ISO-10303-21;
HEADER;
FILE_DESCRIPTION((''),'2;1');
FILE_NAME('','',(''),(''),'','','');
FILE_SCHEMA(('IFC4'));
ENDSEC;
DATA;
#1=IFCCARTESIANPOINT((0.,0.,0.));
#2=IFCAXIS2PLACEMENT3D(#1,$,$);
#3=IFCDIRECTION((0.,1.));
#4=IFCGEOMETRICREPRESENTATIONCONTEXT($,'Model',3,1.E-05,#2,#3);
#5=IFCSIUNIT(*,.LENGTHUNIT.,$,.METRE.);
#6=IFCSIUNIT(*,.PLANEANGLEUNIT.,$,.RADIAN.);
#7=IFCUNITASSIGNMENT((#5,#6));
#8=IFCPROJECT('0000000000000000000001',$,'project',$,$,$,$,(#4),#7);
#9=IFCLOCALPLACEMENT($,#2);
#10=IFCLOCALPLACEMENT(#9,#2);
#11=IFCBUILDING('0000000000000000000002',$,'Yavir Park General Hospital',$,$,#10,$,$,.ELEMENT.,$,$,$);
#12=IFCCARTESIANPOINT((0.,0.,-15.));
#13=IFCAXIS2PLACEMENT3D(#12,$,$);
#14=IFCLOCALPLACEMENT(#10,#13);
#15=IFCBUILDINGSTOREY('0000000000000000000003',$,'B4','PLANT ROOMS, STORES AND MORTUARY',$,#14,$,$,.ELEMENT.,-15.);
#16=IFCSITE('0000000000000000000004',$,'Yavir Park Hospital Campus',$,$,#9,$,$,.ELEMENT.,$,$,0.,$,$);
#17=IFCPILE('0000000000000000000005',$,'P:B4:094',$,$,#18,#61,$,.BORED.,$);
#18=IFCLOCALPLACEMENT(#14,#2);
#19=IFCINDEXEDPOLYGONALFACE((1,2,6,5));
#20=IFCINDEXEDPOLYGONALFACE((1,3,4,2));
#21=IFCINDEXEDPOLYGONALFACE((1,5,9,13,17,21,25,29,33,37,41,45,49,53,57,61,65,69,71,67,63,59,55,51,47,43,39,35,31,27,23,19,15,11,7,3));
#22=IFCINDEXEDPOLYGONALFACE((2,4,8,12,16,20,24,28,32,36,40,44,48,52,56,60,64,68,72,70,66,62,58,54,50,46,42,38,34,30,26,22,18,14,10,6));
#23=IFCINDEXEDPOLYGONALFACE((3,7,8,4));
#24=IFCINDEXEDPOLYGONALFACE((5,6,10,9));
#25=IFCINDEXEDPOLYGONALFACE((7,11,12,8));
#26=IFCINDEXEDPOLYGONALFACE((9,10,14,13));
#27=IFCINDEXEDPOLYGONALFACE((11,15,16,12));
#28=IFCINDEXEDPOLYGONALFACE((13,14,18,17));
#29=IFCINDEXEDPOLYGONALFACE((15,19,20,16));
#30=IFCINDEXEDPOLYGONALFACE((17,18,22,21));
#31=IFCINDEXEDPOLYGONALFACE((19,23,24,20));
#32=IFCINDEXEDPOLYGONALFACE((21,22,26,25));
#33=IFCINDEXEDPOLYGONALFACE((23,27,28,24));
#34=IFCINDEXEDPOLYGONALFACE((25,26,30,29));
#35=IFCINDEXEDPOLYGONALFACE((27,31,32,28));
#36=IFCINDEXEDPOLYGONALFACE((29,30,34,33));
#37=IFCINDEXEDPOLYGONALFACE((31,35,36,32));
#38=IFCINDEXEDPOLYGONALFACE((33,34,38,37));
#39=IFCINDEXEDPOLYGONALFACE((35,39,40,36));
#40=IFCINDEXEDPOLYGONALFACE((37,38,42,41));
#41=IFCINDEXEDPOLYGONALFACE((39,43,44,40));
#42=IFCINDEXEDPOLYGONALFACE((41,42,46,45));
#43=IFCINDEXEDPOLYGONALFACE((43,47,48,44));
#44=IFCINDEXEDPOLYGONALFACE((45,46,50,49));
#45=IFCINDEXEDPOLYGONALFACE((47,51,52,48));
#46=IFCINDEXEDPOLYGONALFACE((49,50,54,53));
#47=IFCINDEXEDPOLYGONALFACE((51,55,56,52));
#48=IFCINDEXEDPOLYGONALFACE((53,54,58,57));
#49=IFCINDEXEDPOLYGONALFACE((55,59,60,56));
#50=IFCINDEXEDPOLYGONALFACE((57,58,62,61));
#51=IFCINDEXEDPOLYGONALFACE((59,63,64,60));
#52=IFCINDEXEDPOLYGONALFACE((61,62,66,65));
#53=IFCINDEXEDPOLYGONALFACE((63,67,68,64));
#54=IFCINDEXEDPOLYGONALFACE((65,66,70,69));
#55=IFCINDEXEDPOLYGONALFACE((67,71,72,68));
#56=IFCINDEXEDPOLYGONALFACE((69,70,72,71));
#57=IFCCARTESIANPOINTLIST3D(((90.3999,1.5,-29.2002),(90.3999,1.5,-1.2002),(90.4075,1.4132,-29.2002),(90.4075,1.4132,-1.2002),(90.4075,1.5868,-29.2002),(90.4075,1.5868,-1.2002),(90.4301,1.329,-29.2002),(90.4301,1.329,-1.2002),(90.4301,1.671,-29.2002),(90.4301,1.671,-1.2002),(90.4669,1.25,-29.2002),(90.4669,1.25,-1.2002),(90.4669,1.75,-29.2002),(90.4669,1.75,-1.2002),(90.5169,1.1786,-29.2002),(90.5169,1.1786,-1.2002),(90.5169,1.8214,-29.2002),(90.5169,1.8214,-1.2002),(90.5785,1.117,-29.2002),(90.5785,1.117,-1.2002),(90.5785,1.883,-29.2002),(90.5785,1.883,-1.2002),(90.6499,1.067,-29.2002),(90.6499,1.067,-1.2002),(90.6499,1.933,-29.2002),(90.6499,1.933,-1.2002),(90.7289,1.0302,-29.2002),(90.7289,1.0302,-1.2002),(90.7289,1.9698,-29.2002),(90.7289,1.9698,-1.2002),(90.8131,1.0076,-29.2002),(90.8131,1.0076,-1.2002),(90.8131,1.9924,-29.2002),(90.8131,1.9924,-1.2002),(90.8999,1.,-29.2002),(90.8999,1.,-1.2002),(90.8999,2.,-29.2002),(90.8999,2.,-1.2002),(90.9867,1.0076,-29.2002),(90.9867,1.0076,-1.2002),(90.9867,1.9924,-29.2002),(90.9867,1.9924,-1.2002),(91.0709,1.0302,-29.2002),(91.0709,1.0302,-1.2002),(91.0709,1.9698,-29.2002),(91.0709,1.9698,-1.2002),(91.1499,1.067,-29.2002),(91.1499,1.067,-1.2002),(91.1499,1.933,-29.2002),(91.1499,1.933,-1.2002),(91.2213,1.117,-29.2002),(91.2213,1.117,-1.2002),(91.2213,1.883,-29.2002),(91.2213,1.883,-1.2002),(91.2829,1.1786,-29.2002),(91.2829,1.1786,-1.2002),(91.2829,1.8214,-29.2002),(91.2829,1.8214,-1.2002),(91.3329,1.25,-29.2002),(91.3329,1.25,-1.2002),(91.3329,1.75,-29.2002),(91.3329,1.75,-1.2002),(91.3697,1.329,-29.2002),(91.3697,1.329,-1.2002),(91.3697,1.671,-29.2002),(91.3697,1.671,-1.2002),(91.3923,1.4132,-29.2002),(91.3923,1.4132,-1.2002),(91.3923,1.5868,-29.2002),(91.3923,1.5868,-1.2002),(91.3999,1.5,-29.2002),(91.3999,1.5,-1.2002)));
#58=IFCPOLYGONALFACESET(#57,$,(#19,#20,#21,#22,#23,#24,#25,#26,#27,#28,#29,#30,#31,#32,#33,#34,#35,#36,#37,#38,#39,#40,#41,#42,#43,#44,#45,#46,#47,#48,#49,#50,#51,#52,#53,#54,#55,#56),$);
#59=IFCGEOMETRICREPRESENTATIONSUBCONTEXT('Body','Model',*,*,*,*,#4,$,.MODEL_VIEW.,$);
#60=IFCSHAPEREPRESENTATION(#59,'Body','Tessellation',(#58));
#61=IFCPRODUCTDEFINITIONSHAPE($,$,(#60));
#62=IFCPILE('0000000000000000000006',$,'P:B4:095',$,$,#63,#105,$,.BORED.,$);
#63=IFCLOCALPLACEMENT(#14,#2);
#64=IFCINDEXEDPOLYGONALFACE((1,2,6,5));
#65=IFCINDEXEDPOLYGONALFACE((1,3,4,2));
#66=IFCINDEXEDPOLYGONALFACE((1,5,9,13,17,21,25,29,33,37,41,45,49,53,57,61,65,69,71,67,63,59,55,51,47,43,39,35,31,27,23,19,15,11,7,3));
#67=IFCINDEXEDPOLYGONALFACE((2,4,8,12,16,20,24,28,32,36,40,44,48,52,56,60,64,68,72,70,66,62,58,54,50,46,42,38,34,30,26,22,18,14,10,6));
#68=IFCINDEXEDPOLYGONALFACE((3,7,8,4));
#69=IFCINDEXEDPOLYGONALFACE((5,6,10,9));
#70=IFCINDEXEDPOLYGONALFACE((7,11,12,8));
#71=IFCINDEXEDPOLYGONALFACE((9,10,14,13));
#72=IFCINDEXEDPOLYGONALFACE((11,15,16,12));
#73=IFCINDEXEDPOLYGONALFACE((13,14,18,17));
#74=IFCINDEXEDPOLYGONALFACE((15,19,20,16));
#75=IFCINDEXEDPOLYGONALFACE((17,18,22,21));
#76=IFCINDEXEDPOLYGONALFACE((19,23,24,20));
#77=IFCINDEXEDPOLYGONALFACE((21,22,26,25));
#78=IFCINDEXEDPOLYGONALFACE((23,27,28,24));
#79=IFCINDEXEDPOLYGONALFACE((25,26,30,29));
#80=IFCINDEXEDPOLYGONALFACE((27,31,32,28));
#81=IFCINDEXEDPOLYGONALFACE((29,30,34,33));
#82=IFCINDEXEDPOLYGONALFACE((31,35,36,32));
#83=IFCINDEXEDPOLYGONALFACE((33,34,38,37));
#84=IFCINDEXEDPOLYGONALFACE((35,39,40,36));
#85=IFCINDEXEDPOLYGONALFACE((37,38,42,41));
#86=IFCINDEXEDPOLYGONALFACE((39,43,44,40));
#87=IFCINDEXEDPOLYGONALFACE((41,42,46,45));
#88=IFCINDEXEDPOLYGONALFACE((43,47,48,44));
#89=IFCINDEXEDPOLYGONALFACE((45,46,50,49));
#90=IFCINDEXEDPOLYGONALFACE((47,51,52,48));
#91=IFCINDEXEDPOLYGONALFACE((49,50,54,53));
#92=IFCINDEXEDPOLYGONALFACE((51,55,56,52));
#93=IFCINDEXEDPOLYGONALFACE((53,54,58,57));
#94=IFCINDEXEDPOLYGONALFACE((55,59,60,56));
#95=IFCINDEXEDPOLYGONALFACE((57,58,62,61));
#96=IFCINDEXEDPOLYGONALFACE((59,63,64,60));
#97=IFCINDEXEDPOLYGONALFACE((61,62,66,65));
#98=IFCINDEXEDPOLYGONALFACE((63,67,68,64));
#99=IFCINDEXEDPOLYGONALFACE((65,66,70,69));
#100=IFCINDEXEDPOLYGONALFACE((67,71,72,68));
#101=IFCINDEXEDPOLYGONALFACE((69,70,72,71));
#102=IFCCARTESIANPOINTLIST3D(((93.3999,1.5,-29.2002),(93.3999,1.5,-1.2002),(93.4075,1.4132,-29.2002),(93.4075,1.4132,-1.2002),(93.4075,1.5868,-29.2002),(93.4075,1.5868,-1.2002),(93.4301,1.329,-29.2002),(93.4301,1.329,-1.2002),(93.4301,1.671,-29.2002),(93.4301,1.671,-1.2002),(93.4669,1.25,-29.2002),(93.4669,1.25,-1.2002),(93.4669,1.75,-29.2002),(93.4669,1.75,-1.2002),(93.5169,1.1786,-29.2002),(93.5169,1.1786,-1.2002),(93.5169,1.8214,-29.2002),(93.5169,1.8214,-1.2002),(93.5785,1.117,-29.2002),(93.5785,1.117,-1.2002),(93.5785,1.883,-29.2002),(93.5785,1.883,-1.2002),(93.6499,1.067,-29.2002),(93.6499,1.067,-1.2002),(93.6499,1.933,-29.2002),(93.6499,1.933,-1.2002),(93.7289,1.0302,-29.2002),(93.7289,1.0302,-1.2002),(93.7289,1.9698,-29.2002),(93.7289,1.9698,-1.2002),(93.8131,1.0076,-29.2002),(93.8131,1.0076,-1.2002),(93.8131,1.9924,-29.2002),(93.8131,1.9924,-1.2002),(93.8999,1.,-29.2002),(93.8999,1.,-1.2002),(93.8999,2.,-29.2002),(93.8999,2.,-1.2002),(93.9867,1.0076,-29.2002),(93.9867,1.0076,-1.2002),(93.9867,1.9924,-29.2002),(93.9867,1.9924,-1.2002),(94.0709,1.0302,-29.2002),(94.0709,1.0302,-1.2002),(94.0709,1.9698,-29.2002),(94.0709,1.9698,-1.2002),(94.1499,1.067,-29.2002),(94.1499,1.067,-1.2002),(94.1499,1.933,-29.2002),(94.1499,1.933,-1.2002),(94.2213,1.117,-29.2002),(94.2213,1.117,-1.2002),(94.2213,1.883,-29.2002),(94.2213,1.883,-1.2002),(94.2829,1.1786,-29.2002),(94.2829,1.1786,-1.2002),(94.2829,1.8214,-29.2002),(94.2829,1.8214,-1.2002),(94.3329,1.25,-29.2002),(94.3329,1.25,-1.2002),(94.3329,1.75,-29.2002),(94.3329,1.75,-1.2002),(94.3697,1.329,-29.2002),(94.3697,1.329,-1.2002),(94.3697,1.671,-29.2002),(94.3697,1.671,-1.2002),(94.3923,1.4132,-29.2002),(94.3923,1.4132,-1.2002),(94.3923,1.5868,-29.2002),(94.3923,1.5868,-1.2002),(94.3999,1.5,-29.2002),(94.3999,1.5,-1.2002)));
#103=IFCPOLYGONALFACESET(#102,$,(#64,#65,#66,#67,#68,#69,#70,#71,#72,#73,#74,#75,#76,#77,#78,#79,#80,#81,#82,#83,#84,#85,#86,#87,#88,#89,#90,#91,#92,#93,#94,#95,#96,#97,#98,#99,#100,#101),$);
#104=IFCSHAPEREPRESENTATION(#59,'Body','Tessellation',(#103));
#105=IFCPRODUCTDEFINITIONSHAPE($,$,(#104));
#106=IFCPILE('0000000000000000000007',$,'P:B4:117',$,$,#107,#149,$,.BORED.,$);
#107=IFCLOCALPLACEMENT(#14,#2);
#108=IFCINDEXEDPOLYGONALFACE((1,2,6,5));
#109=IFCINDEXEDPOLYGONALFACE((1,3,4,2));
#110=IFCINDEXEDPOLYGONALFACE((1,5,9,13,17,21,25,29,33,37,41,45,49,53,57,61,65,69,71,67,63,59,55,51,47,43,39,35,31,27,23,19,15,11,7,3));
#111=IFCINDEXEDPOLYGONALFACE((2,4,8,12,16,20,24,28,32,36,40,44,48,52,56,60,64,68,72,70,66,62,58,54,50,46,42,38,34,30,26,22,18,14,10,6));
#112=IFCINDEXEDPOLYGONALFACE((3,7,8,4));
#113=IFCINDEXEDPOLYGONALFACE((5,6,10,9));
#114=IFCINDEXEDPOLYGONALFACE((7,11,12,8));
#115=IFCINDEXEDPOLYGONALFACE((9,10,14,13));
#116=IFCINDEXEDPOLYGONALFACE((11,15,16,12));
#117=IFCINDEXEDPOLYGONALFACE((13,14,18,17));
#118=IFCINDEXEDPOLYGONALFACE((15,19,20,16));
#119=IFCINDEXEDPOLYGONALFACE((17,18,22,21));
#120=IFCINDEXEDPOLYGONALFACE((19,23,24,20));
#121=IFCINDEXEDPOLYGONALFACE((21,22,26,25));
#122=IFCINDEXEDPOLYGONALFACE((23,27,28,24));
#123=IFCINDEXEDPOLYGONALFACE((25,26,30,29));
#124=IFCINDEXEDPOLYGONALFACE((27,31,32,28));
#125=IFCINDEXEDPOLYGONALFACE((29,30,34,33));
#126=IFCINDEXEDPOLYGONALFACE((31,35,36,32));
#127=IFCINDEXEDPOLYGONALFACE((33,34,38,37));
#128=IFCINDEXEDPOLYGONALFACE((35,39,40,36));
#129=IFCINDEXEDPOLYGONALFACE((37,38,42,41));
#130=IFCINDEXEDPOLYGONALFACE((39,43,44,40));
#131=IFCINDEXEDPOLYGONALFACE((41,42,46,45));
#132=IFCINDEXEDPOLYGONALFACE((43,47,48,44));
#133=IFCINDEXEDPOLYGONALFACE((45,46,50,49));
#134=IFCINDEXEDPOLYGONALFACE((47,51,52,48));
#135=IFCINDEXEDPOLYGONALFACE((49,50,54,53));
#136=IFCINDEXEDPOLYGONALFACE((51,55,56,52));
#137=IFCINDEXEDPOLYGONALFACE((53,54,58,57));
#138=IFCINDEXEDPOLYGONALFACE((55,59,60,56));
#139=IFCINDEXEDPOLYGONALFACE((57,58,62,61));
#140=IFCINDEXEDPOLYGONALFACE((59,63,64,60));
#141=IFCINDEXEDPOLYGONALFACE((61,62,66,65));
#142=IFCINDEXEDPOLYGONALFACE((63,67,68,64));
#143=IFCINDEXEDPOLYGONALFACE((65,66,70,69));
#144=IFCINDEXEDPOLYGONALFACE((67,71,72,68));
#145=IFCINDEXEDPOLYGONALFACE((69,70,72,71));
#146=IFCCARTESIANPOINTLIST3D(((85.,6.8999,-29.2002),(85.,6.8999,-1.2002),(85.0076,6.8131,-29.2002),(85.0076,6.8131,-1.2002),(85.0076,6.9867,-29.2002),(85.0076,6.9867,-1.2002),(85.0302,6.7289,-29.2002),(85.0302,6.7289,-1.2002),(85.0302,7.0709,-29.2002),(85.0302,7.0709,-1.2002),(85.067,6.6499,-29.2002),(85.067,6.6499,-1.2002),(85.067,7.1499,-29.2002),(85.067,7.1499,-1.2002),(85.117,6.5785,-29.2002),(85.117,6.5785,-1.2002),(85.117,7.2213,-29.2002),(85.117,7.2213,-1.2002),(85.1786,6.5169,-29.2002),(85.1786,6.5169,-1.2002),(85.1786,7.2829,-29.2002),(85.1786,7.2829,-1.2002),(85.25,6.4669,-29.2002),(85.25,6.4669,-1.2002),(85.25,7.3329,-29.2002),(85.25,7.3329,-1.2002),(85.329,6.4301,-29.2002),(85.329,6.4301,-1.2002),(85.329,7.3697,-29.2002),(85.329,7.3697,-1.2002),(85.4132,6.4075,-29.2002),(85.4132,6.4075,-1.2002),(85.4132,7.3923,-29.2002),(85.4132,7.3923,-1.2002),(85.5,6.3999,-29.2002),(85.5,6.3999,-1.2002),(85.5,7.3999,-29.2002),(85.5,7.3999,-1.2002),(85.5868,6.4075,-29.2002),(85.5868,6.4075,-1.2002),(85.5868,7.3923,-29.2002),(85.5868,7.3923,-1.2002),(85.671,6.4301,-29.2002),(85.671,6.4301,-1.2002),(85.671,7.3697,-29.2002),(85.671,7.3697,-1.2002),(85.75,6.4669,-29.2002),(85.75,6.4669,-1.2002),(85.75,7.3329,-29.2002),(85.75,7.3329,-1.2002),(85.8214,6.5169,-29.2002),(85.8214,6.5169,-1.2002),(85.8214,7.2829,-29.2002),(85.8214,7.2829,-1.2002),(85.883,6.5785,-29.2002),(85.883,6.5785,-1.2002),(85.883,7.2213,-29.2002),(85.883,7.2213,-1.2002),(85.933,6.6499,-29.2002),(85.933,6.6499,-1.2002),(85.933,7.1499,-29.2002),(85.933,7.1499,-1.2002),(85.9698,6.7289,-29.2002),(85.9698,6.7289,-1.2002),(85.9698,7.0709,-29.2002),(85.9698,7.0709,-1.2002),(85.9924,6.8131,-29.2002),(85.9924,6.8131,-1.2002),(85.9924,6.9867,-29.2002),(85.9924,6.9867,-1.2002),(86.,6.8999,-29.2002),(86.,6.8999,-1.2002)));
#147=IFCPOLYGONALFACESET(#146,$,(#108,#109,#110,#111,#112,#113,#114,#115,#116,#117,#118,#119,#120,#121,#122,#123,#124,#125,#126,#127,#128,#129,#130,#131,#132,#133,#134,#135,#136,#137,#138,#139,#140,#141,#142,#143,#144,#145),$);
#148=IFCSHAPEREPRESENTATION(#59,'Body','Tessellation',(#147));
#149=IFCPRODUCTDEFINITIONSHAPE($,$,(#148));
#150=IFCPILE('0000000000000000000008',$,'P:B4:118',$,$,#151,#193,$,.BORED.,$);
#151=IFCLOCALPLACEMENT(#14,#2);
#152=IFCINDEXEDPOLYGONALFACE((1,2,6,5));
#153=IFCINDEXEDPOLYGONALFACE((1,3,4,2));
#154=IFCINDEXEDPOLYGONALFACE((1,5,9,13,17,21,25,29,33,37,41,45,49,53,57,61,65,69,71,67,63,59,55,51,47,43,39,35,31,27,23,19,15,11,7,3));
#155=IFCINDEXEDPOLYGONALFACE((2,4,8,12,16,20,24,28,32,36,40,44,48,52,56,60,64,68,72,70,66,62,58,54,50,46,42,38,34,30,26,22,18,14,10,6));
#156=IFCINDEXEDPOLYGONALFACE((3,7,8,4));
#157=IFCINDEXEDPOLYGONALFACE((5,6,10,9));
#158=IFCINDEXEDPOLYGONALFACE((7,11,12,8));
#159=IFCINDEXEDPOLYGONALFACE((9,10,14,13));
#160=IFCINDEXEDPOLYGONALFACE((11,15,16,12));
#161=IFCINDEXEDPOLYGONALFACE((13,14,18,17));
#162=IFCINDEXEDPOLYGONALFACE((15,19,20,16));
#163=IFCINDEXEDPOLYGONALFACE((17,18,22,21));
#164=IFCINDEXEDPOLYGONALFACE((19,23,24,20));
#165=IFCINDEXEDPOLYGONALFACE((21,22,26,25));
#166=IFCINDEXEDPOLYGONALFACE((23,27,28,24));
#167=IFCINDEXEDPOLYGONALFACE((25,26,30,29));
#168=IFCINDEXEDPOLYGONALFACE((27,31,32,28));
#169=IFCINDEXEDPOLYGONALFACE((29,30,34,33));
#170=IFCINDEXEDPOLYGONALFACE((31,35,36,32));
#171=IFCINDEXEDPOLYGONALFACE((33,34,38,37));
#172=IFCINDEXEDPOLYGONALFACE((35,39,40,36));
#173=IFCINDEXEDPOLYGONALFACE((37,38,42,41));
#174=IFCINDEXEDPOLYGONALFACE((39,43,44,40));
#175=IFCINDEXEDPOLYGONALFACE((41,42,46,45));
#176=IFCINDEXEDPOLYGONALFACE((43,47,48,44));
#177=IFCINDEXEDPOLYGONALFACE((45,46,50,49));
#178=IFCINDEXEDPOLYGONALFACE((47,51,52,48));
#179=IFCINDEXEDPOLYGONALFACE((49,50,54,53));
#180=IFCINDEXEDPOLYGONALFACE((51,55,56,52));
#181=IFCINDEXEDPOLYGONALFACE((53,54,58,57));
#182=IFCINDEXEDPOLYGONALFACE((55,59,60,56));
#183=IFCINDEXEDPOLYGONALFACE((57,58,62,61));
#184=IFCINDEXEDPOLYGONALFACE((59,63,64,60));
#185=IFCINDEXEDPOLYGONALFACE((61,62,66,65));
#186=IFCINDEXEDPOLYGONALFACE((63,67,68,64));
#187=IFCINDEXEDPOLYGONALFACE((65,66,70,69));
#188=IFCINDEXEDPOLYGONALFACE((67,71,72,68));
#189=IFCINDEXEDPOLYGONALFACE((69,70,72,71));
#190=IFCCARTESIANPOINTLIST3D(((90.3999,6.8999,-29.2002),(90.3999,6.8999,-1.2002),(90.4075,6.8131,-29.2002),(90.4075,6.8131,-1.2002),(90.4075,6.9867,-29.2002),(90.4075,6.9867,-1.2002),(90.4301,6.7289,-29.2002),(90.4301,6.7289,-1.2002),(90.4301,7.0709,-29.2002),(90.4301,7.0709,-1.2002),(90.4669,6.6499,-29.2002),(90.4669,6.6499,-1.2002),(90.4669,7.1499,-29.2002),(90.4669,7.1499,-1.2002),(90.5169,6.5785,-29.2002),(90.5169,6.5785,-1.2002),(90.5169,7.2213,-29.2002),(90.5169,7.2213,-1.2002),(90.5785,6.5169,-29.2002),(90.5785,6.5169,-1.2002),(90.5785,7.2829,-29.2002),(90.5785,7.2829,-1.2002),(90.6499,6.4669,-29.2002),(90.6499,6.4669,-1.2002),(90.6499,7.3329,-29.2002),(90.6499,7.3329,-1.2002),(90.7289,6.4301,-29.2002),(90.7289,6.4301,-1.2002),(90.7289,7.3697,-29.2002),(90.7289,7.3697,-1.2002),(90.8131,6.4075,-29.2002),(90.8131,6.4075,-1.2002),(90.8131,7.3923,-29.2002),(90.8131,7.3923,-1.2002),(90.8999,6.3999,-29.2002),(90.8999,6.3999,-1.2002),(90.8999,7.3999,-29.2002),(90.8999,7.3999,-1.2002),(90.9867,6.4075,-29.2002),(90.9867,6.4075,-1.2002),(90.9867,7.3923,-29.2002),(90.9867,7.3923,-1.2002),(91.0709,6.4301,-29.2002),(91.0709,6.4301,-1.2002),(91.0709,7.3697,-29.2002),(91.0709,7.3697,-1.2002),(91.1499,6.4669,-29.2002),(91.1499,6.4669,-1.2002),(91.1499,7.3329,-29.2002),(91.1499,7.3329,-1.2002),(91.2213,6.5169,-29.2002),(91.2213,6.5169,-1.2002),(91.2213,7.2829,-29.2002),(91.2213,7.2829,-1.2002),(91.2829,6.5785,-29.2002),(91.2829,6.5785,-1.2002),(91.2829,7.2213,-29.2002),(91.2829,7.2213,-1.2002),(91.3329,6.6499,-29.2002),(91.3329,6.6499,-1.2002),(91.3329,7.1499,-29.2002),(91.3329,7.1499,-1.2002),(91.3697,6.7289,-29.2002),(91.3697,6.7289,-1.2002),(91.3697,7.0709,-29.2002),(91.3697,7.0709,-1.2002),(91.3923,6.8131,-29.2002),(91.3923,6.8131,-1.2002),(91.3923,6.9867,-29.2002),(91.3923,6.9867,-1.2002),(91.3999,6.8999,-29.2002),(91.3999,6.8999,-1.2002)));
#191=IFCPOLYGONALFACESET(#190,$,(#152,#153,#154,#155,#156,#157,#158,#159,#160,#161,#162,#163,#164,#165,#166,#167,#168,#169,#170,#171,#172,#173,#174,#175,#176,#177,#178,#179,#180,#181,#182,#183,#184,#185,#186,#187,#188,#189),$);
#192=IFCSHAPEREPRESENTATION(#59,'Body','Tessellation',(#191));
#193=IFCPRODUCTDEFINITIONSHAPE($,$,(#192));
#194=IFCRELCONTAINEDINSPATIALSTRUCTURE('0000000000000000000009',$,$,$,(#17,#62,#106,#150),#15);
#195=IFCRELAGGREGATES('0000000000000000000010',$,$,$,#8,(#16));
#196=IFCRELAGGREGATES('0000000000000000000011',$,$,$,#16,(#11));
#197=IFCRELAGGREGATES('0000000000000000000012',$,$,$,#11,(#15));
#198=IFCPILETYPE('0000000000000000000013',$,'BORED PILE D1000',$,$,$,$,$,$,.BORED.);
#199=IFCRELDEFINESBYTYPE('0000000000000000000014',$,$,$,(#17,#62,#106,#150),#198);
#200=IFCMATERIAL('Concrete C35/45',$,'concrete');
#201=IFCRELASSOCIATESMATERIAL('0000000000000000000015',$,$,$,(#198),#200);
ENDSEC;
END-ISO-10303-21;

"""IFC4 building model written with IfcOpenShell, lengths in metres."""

from ifc_helpers import new_model, si_unit, direction, frame, origin, origin_2d, place, context, subcontext, project, spatial, circle, extrude, material, material_profile, profile_set, type_object, element, save


model = new_model("IFC4")

# Units and contexts
model_context = context("Model", 3, precision=1e-05, world=origin(), true_north=direction((0.0, 1.0)))
body_context = subcontext(model_context, "Body", "Model", "MODEL_VIEW")
ifc_project = project(units=[si_unit("LENGTHUNIT", "METRE"), si_unit("PLANEANGLEUNIT", "RADIAN")], contexts=[model_context])

# Site, building, storey
site_placement = place(None, origin())
site = spatial("IfcSite", under=ifc_project, at=site_placement, Name="Yavir Park Hospital Campus", CompositionType="ELEMENT", RefElevation=0.0)
building_placement = place(site_placement, origin())
building = spatial("IfcBuilding", under=site, at=building_placement, Name="Yavir Park General Hospital", CompositionType="ELEMENT")
storey_placement = place(building_placement, frame((0.0, 0.0, -15.0)))
storey = spatial("IfcBuildingStorey", under=building, at=storey_placement, Name="B4", Description="PLANT ROOMS, STORES AND MORTUARY", CompositionType="ELEMENT", Elevation=-15.0)

# Piles
ifc_material_1 = material(Name="Concrete C35/45", Category="concrete")
ifc_material_profile_1 = material_profile(ifc_material_1, circle(Radius=0.5, at=origin_2d()), Name="D1000")
ifc_profile_set_1 = profile_set([ifc_material_profile_1], Name="Concrete C35/45")
pile_type_1 = type_object("IfcPileType", Name="BORED PILE D1000", PredefinedType="BORED", material=ifc_profile_set_1)
for number, where, z_axis, x_axis, name in (
    (1, (90.8999, 1.5, -1.2002), (0.0, 0.0, -1.0), (1.0, 0.0, 0.0), "P:B4:094"),
    (2, (93.8999, 1.5, -1.2002), (0.0, 0.0, -1.0), (1.0, 0.0, 0.0), "P:B4:095"),
    (3, (85.5, 6.8999, -1.2002), (0.0, 0.0, -1.0), (1.0, 0.0, 0.0), "P:B4:117"),
    (4, (90.8999, 6.8999, -1.2002), (0.0, 0.0, -1.0), (1.0, 0.0, 0.0), "P:B4:118"),
):
    element("IfcPile", number, at=place(storey_placement, frame(where, z_axis=z_axis, x_axis=x_axis)), inside=storey, type_object=pile_type_1, Name=name, PredefinedType="BORED", context=body_context, shape_type="SweptSolid", body=[
        extrude(circle(Radius=0.5, at=origin_2d()), origin(), (0.0, 0.0, 1.0), 28.0),
    ])

save(model, "model.ifc")
